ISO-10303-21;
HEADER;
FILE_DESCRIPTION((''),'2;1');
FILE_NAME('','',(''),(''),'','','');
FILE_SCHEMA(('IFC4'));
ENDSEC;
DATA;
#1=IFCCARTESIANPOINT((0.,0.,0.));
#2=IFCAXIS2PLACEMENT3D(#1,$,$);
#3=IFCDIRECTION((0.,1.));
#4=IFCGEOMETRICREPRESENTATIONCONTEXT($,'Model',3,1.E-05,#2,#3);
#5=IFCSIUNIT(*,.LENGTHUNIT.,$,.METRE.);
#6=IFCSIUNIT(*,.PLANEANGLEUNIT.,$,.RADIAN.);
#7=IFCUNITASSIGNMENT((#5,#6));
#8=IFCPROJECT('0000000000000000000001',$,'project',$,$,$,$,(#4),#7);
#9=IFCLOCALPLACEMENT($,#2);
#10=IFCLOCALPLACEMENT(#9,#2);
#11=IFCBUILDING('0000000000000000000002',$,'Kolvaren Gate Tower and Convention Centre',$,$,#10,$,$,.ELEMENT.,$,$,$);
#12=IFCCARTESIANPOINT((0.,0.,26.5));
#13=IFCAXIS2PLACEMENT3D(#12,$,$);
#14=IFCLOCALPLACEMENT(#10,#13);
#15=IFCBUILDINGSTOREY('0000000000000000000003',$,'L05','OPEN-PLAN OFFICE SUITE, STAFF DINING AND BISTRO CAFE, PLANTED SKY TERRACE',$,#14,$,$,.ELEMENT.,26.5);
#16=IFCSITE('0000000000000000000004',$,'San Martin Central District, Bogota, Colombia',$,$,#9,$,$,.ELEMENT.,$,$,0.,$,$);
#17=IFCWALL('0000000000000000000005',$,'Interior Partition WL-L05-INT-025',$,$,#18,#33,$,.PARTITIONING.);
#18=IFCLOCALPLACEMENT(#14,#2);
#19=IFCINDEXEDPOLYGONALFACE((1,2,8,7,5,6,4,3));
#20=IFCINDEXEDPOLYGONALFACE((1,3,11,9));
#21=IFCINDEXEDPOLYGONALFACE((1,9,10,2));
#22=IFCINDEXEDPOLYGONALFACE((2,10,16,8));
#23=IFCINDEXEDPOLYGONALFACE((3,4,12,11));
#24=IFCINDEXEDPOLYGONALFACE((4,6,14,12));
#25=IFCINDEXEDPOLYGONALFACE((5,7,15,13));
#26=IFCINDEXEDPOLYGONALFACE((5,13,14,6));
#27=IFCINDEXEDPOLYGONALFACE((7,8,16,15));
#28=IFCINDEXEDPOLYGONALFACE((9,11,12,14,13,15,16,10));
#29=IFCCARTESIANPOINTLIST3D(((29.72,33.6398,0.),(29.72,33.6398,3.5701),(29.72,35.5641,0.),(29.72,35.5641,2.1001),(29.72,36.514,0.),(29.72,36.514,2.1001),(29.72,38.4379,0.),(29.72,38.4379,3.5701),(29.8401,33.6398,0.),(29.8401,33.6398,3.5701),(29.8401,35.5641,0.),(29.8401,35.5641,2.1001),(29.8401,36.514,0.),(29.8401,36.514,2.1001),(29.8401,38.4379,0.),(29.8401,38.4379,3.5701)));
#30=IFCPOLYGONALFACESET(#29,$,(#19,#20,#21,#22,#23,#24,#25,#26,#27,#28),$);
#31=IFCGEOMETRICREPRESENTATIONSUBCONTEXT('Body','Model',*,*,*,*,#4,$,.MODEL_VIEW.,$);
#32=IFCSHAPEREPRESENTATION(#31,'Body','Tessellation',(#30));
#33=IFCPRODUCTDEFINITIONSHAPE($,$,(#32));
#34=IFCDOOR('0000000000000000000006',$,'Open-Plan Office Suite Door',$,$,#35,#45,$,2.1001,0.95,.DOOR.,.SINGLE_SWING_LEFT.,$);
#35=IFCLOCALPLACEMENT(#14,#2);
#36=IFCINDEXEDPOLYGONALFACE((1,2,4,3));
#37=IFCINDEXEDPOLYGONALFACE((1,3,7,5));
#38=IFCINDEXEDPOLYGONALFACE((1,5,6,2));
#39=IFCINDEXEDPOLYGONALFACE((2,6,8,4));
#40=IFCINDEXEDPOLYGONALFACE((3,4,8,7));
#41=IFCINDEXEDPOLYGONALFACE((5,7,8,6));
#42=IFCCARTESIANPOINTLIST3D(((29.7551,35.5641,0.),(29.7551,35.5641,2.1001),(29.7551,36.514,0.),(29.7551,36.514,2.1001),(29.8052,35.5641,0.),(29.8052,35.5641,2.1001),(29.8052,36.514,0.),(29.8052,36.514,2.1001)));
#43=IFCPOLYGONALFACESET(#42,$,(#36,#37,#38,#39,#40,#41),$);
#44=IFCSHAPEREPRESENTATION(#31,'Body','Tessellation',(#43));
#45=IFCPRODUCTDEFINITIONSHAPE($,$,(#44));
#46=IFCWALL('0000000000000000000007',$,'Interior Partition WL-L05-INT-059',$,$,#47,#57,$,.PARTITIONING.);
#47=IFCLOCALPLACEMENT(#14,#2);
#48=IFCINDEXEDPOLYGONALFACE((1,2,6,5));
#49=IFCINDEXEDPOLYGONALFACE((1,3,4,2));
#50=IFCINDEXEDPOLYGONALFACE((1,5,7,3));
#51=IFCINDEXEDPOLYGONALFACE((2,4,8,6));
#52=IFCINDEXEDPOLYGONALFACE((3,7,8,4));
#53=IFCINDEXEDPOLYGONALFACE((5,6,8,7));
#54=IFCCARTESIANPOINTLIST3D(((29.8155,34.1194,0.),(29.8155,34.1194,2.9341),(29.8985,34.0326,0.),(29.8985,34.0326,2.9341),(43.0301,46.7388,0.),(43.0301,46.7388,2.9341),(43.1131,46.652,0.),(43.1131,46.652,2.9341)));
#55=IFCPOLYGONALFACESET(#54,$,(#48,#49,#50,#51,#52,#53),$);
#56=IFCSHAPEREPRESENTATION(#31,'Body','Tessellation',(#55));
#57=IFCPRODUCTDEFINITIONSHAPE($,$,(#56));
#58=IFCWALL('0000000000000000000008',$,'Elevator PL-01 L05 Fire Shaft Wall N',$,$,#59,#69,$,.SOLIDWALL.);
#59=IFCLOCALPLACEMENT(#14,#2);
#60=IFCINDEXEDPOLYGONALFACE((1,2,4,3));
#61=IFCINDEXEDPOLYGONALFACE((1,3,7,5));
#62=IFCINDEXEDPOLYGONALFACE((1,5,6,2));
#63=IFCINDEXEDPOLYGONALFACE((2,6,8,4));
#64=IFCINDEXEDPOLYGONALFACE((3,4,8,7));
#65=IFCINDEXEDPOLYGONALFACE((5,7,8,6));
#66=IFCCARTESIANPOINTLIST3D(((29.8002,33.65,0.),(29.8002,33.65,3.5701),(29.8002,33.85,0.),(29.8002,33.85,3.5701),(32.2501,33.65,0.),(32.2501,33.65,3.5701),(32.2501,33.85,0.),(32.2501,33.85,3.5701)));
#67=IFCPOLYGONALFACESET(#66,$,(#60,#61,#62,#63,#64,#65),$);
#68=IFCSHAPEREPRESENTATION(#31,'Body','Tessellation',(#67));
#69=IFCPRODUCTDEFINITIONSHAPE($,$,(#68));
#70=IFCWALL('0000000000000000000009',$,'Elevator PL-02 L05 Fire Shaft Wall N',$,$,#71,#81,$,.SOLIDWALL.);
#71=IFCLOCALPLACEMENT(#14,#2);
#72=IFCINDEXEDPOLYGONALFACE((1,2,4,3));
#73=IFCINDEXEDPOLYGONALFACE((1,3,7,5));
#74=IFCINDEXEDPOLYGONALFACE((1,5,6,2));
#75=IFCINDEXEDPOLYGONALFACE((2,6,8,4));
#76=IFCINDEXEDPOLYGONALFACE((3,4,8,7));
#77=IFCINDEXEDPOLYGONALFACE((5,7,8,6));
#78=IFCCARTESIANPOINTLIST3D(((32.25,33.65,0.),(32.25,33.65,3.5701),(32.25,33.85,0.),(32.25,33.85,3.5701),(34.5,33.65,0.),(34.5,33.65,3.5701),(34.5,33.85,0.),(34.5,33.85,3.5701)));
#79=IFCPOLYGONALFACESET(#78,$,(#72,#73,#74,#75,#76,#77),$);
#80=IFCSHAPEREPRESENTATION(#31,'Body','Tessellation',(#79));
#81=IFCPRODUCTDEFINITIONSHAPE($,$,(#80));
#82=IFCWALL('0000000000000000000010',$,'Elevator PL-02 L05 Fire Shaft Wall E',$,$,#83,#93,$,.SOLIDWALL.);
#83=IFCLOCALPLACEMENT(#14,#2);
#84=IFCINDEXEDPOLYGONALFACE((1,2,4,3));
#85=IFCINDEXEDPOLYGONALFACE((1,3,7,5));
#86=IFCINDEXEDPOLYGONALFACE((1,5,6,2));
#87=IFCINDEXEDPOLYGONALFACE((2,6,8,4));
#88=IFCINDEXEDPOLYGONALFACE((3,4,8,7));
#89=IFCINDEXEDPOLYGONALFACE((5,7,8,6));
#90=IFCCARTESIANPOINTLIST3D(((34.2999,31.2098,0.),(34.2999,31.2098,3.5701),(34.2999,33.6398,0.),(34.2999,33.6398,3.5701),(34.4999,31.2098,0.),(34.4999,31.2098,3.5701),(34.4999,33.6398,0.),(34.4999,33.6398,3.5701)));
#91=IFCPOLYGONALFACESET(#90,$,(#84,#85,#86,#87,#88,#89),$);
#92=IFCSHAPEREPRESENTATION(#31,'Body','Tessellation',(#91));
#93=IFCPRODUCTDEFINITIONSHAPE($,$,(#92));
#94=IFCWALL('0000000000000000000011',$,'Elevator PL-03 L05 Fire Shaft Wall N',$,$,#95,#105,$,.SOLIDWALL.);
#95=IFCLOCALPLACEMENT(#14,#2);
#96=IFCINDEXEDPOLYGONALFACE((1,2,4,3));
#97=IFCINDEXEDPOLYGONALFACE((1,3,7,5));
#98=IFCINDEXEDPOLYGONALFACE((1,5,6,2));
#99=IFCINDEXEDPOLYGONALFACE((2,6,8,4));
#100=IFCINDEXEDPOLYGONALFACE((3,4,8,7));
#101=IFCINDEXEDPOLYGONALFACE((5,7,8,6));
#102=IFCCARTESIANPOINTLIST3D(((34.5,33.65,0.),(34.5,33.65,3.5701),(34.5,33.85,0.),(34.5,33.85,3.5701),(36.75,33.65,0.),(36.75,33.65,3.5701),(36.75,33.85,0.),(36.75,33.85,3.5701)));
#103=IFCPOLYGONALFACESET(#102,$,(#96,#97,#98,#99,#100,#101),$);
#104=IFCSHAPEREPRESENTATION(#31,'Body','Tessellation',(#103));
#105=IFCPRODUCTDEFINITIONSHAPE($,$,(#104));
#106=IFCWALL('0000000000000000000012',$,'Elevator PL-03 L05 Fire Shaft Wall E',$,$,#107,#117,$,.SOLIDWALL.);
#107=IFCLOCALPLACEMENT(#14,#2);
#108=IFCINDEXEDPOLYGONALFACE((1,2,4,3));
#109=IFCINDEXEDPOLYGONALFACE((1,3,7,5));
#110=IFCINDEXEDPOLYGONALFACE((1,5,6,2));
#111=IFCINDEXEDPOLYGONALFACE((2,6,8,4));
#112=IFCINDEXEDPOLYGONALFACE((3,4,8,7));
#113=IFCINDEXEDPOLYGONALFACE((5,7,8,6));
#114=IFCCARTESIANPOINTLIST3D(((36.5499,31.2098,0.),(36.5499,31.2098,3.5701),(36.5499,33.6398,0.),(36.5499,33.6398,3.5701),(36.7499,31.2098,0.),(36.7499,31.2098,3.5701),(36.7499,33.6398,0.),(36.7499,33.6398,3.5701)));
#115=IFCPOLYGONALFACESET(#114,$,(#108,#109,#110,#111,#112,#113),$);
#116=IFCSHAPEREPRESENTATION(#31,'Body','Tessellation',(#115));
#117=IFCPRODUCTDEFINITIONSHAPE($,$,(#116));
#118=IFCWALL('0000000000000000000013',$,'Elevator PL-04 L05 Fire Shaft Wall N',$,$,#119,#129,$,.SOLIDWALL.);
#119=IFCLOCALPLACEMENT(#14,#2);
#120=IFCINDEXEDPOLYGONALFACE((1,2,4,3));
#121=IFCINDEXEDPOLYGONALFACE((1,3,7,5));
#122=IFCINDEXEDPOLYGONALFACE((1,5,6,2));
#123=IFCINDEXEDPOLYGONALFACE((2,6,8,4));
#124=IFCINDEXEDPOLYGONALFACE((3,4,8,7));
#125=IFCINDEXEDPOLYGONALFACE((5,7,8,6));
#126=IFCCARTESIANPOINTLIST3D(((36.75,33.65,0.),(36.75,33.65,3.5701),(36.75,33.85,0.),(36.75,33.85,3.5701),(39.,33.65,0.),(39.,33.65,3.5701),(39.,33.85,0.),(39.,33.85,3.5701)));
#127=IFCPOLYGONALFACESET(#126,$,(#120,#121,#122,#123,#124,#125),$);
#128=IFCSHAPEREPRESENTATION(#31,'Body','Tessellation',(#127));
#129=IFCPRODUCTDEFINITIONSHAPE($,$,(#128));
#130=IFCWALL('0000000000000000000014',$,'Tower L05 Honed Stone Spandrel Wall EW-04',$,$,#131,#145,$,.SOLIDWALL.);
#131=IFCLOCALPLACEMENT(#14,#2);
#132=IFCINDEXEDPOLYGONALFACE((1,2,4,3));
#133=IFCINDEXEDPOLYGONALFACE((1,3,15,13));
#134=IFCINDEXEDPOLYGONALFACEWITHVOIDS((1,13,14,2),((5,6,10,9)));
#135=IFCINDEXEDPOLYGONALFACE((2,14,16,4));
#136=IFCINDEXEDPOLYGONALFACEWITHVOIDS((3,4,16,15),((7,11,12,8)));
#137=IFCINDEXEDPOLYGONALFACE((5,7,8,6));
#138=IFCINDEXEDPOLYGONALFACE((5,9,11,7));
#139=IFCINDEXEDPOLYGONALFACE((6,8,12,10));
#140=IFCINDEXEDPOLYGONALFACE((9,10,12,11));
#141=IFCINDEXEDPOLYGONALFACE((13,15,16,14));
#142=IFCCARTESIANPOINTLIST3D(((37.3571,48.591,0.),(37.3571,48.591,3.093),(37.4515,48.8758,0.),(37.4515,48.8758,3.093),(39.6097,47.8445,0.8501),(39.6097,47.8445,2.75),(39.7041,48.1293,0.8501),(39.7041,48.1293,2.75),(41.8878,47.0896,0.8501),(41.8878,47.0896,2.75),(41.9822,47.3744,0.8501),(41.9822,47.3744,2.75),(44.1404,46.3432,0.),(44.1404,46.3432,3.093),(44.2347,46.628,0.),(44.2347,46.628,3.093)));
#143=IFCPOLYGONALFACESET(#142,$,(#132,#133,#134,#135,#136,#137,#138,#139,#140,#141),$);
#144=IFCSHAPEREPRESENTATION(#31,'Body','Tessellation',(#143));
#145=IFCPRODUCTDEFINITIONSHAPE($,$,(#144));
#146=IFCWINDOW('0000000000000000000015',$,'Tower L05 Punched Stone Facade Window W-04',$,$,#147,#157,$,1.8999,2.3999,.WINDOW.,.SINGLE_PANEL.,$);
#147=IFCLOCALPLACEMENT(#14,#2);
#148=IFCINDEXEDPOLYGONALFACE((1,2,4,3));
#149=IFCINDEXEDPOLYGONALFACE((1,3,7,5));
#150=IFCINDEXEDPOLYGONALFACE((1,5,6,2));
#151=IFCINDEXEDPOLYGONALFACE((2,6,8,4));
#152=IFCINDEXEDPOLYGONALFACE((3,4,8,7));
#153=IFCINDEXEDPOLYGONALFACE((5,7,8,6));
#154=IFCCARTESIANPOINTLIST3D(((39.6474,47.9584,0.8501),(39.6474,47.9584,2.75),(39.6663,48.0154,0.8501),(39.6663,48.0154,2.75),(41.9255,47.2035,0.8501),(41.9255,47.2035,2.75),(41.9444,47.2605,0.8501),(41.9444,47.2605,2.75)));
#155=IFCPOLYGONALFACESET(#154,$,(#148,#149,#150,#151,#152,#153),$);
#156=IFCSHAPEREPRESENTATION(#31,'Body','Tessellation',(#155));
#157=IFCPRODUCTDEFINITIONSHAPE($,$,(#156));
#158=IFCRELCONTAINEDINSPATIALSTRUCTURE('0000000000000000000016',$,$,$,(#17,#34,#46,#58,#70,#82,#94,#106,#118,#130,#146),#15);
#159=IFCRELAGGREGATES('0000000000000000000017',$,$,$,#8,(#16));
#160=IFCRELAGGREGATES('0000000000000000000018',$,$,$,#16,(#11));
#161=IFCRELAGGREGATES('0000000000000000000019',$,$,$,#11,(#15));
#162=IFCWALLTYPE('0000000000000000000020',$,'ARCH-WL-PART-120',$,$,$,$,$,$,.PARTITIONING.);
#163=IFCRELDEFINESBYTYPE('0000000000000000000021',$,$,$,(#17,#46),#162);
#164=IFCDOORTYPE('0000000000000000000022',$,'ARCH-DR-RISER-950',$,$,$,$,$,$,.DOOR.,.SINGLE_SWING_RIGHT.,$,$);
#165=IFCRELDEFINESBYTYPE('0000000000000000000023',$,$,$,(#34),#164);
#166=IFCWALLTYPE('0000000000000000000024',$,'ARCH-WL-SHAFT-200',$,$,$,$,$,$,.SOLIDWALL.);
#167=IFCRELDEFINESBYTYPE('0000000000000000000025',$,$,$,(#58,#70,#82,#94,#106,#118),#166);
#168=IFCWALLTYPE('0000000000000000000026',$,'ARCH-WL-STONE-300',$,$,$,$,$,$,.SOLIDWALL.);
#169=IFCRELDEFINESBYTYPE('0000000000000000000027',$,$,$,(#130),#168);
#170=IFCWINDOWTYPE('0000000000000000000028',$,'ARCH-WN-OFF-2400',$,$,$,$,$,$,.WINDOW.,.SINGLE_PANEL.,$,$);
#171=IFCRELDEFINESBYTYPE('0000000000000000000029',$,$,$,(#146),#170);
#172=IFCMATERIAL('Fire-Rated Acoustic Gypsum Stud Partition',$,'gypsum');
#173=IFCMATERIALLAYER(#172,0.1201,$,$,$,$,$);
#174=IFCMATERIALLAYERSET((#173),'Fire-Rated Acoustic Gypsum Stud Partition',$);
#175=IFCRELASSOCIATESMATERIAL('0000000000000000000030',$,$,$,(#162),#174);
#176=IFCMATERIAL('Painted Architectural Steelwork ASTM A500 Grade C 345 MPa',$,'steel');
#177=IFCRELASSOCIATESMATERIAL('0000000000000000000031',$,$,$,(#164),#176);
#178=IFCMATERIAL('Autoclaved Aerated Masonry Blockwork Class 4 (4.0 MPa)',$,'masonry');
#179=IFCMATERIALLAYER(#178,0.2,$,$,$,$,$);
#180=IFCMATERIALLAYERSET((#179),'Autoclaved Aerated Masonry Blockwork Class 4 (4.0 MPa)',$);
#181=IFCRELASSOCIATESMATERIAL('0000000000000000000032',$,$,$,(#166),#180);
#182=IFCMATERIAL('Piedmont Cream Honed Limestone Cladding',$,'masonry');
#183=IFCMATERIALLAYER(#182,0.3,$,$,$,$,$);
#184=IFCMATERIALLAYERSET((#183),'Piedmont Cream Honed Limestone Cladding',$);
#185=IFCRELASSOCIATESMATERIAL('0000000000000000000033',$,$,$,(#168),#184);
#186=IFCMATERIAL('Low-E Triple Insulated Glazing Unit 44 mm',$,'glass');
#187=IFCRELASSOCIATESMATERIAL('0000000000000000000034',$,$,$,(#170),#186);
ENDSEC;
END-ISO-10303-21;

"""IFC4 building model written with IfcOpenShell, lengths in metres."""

from ifc_helpers import new_model, si_unit, direction, frame, frame_2d, origin, place, context, subcontext, project, spatial, rectangle, extrude, material, layer, layer_set, type_object, element, fill, save


model = new_model("IFC4")

# Units and contexts
model_context = context("Model", 3, precision=1e-05, world=origin(), true_north=direction((0.0, 1.0)))
body_context = subcontext(model_context, "Body", "Model", "MODEL_VIEW")
ifc_project = project(units=[si_unit("LENGTHUNIT", "METRE"), si_unit("PLANEANGLEUNIT", "RADIAN")], contexts=[model_context])

# Site, building, storey
site_placement = place(None, origin())
site = spatial("IfcSite", under=ifc_project, at=site_placement, Name="San Martin Central District, Bogota, Colombia", CompositionType="ELEMENT", RefElevation=0.0)
building_placement = place(site_placement, origin())
building = spatial("IfcBuilding", under=site, at=building_placement, Name="Kolvaren Gate Tower and Convention Centre", CompositionType="ELEMENT")
storey_placement = place(building_placement, frame((0.0, 0.0, 26.5)))
storey = spatial("IfcBuildingStorey", under=building, at=storey_placement, Name="L05", Description="OPEN-PLAN OFFICE SUITE, STAFF DINING AND BISTRO CAFE, PLANTED SKY TERRACE", CompositionType="ELEMENT", Elevation=26.5)

# Wall, opening, door
ifc_material_1 = material(Name="Fire-Rated Acoustic Gypsum Stud Partition", Category="gypsum")
ifc_layer_1 = layer(ifc_material_1, 0.1201)
ifc_layer_set_1 = layer_set([ifc_layer_1], Name="Fire-Rated Acoustic Gypsum Stud Partition")
wall_type_1 = type_object("IfcWallType", Name="ARCH-WL-PART-120", PredefinedType="PARTITIONING", material=ifc_layer_set_1)
wall_1_placement = place(storey_placement, frame((29.78, 33.6399, 0.0), z_axis=(0.0, 0.0, 1.0), x_axis=(0.0, 1.0, 0.0)))
wall_1 = element("IfcWall", 1, at=wall_1_placement, inside=storey, type_object=wall_type_1, Name="Interior Partition WL-L05-INT-025", PredefinedType="PARTITIONING", context=body_context, shape_type="SweptSolid", body=[
    extrude(rectangle(XDim=4.7981, YDim=0.1201, at=frame_2d((2.3989, 0.0))), origin(), (0.0, 0.0, 1.0), 3.5701),
])
opening_1_placement = place(wall_1_placement, frame((1.9241, 0.0, 0.0)))
opening_1 = element("IfcOpeningElement", 2, at=opening_1_placement, cuts=wall_1, PredefinedType="OPENING", context=body_context, shape_type="SweptSolid", body=[
    extrude(rectangle(XDim=0.95, YDim=2.1001, at=frame_2d((0.4751, 1.05))), frame((0.0, 0.0701, 0.0), z_axis=(0.0, -1.0, 0.0), x_axis=(1.0, 0.0, 0.0)), (0.0, 0.0, 1.0), 0.1401),
])
ifc_material_2 = material(Name="Painted Architectural Steelwork ASTM A500 Grade C 345 MPa", Category="steel")
door_type = type_object("IfcDoorType", Name="ARCH-DR-RISER-950", OperationType="SINGLE_SWING_RIGHT", PredefinedType="DOOR", material=ifc_material_2)
door_placement = place(opening_1_placement, origin())
door = element("IfcDoor", 3, at=door_placement, inside=storey, type_object=door_type, Name="Open-Plan Office Suite Door", OperationType="SINGLE_SWING_LEFT", OverallHeight=2.1001, OverallWidth=0.95, PredefinedType="DOOR", context=body_context, shape_type="SweptSolid", body=[
    extrude(rectangle(XDim=0.95, YDim=2.1001, at=frame_2d((0.4751, 1.05))), frame((0.0, 0.0249, 0.0), z_axis=(0.0, -1.0, 0.0), x_axis=(1.0, 0.0, 0.0)), (0.0, 0.0, 1.0), 0.05),
])
fill(opening_1, door)

# Walls
wall_2_placement = place(storey_placement, frame((29.8569, 34.0759, 0.0), z_axis=(0.0, 0.0, 1.0), x_axis=(0.723207, 0.690632, 0.0)))
element("IfcWall", 4, at=wall_2_placement, inside=storey, type_object=wall_type_1, Name="Interior Partition WL-L05-INT-059", PredefinedType="PARTITIONING", context=body_context, shape_type="SweptSolid", body=[
    extrude(rectangle(XDim=18.2722, YDim=0.1201, at=frame_2d((9.1362, 0.0))), origin(), (0.0, 0.0, 1.0), 2.9341),
])
ifc_material_3 = material(Name="Autoclaved Aerated Masonry Blockwork Class 4 (4.0 MPa)", Category="masonry")
ifc_layer_2 = layer(ifc_material_3, 0.2)
ifc_layer_set_2 = layer_set([ifc_layer_2], Name="Autoclaved Aerated Masonry Blockwork Class 4 (4.0 MPa)")
wall_type_2 = type_object("IfcWallType", Name="ARCH-WL-SHAFT-200", PredefinedType="SOLIDWALL", material=ifc_layer_set_2)
wall_3_placement = place(storey_placement, frame((29.8, 33.75, 0.0), z_axis=(0.0, 0.0, 1.0), x_axis=(1.0, 0.0, 0.0)))
element("IfcWall", 5, at=wall_3_placement, inside=storey, type_object=wall_type_2, Name="Elevator PL-01 L05 Fire Shaft Wall N", PredefinedType="SOLIDWALL", context=body_context, shape_type="SweptSolid", body=[
    extrude(rectangle(XDim=2.45, YDim=0.2, at=frame_2d((1.2251, 0.0))), origin(), (0.0, 0.0, 1.0), 3.5701),
])
wall_4_placement = place(storey_placement, frame((32.25, 33.75, 0.0), z_axis=(0.0, 0.0, 1.0), x_axis=(1.0, 0.0, 0.0)))
element("IfcWall", 6, at=wall_4_placement, inside=storey, type_object=wall_type_2, Name="Elevator PL-02 L05 Fire Shaft Wall N", PredefinedType="SOLIDWALL", context=body_context, shape_type="SweptSolid", body=[
    extrude(rectangle(XDim=2.25, YDim=0.2, at=frame_2d((1.125, 0.0))), origin(), (0.0, 0.0, 1.0), 3.5701),
])
wall_5_placement = place(storey_placement, frame((34.3999, 31.21, 0.0), z_axis=(0.0, 0.0, 1.0), x_axis=(0.0, 1.0, 0.0)))
element("IfcWall", 7, at=wall_5_placement, inside=storey, type_object=wall_type_2, Name="Elevator PL-02 L05 Fire Shaft Wall E", PredefinedType="SOLIDWALL", context=body_context, shape_type="SweptSolid", body=[
    extrude(rectangle(XDim=2.4299, YDim=0.2, at=frame_2d((1.2148, 0.0))), origin(), (0.0, 0.0, 1.0), 3.5701),
])
wall_6_placement = place(storey_placement, frame((34.5, 33.75, 0.0), z_axis=(0.0, 0.0, 1.0), x_axis=(1.0, 0.0, 0.0)))
element("IfcWall", 8, at=wall_6_placement, inside=storey, type_object=wall_type_2, Name="Elevator PL-03 L05 Fire Shaft Wall N", PredefinedType="SOLIDWALL", context=body_context, shape_type="SweptSolid", body=[
    extrude(rectangle(XDim=2.25, YDim=0.2, at=frame_2d((1.125, 0.0))), origin(), (0.0, 0.0, 1.0), 3.5701),
])
wall_7_placement = place(storey_placement, frame((36.6499, 31.21, 0.0), z_axis=(0.0, 0.0, 1.0), x_axis=(0.0, 1.0, 0.0)))
element("IfcWall", 9, at=wall_7_placement, inside=storey, type_object=wall_type_2, Name="Elevator PL-03 L05 Fire Shaft Wall E", PredefinedType="SOLIDWALL", context=body_context, shape_type="SweptSolid", body=[
    extrude(rectangle(XDim=2.4299, YDim=0.2, at=frame_2d((1.2148, 0.0))), origin(), (0.0, 0.0, 1.0), 3.5701),
])
wall_8_placement = place(storey_placement, frame((36.75, 33.75, 0.0), z_axis=(0.0, 0.0, 1.0), x_axis=(1.0, 0.0, 0.0)))
element("IfcWall", 10, at=wall_8_placement, inside=storey, type_object=wall_type_2, Name="Elevator PL-04 L05 Fire Shaft Wall N", PredefinedType="SOLIDWALL", context=body_context, shape_type="SweptSolid", body=[
    extrude(rectangle(XDim=2.25, YDim=0.2, at=frame_2d((1.125, 0.0))), origin(), (0.0, 0.0, 1.0), 3.5701),
])

# Wall, opening, window
ifc_material_4 = material(Name="Piedmont Cream Honed Limestone Cladding", Category="masonry")
ifc_layer_3 = layer(ifc_material_4, 0.3)
ifc_layer_set_3 = layer_set([ifc_layer_3], Name="Piedmont Cream Honed Limestone Cladding")
wall_type_3 = type_object("IfcWallType", Name="ARCH-WL-STONE-300", PredefinedType="SOLIDWALL", material=ifc_layer_set_3)
wall_9_placement = place(storey_placement, frame((37.4043, 48.7334, 0.0), z_axis=(0.0, 0.0, 1.0), x_axis=(0.949239, -0.314557, 0.0)))
wall_9 = element("IfcWall", 11, at=wall_9_placement, inside=storey, type_object=wall_type_3, Name="Tower L05 Honed Stone Spandrel Wall EW-04", PredefinedType="SOLIDWALL", context=body_context, shape_type="SweptSolid", body=[
    extrude(rectangle(XDim=7.146, YDim=0.3, at=frame_2d((3.573, 0.0))), origin(), (0.0, 0.0, 1.0), 3.093),
])
opening_2_placement = place(wall_9_placement, frame((2.373, 0.0, 0.8501)))
opening_2 = element("IfcOpeningElement", 12, at=opening_2_placement, cuts=wall_9, PredefinedType="OPENING", context=body_context, shape_type="SweptSolid", body=[
    extrude(rectangle(XDim=2.3999, YDim=1.8999, at=frame_2d((1.2, 0.95))), frame((0.0, 0.1599, 0.0), z_axis=(0.0, -1.0, 0.0), x_axis=(1.0, 0.0, 0.0)), (0.0, 0.0, 1.0), 0.3201),
])
ifc_material_5 = material(Name="Low-E Triple Insulated Glazing Unit 44 mm", Category="glass")
window_type = type_object("IfcWindowType", Name="ARCH-WN-OFF-2400", PartitioningType="SINGLE_PANEL", PredefinedType="WINDOW", material=ifc_material_5)
window_1_placement = place(opening_2_placement, origin())
window_1 = element("IfcWindow", 13, at=window_1_placement, inside=storey, type_object=window_type, Name="Tower L05 Punched Stone Facade Window W-04", OverallHeight=1.8999, OverallWidth=2.3999, PartitioningType="SINGLE_PANEL", PredefinedType="WINDOW", context=body_context, shape_type="SweptSolid", body=[
    extrude(rectangle(XDim=2.3999, YDim=1.8999, at=frame_2d((1.2, 0.95))), frame((0.0, 0.03, 0.0), z_axis=(0.0, -1.0, 0.0), x_axis=(1.0, 0.0, 0.0)), (0.0, 0.0, 1.0), 0.0601),
])
fill(opening_2, window_1)

save(model, "model.ifc")
